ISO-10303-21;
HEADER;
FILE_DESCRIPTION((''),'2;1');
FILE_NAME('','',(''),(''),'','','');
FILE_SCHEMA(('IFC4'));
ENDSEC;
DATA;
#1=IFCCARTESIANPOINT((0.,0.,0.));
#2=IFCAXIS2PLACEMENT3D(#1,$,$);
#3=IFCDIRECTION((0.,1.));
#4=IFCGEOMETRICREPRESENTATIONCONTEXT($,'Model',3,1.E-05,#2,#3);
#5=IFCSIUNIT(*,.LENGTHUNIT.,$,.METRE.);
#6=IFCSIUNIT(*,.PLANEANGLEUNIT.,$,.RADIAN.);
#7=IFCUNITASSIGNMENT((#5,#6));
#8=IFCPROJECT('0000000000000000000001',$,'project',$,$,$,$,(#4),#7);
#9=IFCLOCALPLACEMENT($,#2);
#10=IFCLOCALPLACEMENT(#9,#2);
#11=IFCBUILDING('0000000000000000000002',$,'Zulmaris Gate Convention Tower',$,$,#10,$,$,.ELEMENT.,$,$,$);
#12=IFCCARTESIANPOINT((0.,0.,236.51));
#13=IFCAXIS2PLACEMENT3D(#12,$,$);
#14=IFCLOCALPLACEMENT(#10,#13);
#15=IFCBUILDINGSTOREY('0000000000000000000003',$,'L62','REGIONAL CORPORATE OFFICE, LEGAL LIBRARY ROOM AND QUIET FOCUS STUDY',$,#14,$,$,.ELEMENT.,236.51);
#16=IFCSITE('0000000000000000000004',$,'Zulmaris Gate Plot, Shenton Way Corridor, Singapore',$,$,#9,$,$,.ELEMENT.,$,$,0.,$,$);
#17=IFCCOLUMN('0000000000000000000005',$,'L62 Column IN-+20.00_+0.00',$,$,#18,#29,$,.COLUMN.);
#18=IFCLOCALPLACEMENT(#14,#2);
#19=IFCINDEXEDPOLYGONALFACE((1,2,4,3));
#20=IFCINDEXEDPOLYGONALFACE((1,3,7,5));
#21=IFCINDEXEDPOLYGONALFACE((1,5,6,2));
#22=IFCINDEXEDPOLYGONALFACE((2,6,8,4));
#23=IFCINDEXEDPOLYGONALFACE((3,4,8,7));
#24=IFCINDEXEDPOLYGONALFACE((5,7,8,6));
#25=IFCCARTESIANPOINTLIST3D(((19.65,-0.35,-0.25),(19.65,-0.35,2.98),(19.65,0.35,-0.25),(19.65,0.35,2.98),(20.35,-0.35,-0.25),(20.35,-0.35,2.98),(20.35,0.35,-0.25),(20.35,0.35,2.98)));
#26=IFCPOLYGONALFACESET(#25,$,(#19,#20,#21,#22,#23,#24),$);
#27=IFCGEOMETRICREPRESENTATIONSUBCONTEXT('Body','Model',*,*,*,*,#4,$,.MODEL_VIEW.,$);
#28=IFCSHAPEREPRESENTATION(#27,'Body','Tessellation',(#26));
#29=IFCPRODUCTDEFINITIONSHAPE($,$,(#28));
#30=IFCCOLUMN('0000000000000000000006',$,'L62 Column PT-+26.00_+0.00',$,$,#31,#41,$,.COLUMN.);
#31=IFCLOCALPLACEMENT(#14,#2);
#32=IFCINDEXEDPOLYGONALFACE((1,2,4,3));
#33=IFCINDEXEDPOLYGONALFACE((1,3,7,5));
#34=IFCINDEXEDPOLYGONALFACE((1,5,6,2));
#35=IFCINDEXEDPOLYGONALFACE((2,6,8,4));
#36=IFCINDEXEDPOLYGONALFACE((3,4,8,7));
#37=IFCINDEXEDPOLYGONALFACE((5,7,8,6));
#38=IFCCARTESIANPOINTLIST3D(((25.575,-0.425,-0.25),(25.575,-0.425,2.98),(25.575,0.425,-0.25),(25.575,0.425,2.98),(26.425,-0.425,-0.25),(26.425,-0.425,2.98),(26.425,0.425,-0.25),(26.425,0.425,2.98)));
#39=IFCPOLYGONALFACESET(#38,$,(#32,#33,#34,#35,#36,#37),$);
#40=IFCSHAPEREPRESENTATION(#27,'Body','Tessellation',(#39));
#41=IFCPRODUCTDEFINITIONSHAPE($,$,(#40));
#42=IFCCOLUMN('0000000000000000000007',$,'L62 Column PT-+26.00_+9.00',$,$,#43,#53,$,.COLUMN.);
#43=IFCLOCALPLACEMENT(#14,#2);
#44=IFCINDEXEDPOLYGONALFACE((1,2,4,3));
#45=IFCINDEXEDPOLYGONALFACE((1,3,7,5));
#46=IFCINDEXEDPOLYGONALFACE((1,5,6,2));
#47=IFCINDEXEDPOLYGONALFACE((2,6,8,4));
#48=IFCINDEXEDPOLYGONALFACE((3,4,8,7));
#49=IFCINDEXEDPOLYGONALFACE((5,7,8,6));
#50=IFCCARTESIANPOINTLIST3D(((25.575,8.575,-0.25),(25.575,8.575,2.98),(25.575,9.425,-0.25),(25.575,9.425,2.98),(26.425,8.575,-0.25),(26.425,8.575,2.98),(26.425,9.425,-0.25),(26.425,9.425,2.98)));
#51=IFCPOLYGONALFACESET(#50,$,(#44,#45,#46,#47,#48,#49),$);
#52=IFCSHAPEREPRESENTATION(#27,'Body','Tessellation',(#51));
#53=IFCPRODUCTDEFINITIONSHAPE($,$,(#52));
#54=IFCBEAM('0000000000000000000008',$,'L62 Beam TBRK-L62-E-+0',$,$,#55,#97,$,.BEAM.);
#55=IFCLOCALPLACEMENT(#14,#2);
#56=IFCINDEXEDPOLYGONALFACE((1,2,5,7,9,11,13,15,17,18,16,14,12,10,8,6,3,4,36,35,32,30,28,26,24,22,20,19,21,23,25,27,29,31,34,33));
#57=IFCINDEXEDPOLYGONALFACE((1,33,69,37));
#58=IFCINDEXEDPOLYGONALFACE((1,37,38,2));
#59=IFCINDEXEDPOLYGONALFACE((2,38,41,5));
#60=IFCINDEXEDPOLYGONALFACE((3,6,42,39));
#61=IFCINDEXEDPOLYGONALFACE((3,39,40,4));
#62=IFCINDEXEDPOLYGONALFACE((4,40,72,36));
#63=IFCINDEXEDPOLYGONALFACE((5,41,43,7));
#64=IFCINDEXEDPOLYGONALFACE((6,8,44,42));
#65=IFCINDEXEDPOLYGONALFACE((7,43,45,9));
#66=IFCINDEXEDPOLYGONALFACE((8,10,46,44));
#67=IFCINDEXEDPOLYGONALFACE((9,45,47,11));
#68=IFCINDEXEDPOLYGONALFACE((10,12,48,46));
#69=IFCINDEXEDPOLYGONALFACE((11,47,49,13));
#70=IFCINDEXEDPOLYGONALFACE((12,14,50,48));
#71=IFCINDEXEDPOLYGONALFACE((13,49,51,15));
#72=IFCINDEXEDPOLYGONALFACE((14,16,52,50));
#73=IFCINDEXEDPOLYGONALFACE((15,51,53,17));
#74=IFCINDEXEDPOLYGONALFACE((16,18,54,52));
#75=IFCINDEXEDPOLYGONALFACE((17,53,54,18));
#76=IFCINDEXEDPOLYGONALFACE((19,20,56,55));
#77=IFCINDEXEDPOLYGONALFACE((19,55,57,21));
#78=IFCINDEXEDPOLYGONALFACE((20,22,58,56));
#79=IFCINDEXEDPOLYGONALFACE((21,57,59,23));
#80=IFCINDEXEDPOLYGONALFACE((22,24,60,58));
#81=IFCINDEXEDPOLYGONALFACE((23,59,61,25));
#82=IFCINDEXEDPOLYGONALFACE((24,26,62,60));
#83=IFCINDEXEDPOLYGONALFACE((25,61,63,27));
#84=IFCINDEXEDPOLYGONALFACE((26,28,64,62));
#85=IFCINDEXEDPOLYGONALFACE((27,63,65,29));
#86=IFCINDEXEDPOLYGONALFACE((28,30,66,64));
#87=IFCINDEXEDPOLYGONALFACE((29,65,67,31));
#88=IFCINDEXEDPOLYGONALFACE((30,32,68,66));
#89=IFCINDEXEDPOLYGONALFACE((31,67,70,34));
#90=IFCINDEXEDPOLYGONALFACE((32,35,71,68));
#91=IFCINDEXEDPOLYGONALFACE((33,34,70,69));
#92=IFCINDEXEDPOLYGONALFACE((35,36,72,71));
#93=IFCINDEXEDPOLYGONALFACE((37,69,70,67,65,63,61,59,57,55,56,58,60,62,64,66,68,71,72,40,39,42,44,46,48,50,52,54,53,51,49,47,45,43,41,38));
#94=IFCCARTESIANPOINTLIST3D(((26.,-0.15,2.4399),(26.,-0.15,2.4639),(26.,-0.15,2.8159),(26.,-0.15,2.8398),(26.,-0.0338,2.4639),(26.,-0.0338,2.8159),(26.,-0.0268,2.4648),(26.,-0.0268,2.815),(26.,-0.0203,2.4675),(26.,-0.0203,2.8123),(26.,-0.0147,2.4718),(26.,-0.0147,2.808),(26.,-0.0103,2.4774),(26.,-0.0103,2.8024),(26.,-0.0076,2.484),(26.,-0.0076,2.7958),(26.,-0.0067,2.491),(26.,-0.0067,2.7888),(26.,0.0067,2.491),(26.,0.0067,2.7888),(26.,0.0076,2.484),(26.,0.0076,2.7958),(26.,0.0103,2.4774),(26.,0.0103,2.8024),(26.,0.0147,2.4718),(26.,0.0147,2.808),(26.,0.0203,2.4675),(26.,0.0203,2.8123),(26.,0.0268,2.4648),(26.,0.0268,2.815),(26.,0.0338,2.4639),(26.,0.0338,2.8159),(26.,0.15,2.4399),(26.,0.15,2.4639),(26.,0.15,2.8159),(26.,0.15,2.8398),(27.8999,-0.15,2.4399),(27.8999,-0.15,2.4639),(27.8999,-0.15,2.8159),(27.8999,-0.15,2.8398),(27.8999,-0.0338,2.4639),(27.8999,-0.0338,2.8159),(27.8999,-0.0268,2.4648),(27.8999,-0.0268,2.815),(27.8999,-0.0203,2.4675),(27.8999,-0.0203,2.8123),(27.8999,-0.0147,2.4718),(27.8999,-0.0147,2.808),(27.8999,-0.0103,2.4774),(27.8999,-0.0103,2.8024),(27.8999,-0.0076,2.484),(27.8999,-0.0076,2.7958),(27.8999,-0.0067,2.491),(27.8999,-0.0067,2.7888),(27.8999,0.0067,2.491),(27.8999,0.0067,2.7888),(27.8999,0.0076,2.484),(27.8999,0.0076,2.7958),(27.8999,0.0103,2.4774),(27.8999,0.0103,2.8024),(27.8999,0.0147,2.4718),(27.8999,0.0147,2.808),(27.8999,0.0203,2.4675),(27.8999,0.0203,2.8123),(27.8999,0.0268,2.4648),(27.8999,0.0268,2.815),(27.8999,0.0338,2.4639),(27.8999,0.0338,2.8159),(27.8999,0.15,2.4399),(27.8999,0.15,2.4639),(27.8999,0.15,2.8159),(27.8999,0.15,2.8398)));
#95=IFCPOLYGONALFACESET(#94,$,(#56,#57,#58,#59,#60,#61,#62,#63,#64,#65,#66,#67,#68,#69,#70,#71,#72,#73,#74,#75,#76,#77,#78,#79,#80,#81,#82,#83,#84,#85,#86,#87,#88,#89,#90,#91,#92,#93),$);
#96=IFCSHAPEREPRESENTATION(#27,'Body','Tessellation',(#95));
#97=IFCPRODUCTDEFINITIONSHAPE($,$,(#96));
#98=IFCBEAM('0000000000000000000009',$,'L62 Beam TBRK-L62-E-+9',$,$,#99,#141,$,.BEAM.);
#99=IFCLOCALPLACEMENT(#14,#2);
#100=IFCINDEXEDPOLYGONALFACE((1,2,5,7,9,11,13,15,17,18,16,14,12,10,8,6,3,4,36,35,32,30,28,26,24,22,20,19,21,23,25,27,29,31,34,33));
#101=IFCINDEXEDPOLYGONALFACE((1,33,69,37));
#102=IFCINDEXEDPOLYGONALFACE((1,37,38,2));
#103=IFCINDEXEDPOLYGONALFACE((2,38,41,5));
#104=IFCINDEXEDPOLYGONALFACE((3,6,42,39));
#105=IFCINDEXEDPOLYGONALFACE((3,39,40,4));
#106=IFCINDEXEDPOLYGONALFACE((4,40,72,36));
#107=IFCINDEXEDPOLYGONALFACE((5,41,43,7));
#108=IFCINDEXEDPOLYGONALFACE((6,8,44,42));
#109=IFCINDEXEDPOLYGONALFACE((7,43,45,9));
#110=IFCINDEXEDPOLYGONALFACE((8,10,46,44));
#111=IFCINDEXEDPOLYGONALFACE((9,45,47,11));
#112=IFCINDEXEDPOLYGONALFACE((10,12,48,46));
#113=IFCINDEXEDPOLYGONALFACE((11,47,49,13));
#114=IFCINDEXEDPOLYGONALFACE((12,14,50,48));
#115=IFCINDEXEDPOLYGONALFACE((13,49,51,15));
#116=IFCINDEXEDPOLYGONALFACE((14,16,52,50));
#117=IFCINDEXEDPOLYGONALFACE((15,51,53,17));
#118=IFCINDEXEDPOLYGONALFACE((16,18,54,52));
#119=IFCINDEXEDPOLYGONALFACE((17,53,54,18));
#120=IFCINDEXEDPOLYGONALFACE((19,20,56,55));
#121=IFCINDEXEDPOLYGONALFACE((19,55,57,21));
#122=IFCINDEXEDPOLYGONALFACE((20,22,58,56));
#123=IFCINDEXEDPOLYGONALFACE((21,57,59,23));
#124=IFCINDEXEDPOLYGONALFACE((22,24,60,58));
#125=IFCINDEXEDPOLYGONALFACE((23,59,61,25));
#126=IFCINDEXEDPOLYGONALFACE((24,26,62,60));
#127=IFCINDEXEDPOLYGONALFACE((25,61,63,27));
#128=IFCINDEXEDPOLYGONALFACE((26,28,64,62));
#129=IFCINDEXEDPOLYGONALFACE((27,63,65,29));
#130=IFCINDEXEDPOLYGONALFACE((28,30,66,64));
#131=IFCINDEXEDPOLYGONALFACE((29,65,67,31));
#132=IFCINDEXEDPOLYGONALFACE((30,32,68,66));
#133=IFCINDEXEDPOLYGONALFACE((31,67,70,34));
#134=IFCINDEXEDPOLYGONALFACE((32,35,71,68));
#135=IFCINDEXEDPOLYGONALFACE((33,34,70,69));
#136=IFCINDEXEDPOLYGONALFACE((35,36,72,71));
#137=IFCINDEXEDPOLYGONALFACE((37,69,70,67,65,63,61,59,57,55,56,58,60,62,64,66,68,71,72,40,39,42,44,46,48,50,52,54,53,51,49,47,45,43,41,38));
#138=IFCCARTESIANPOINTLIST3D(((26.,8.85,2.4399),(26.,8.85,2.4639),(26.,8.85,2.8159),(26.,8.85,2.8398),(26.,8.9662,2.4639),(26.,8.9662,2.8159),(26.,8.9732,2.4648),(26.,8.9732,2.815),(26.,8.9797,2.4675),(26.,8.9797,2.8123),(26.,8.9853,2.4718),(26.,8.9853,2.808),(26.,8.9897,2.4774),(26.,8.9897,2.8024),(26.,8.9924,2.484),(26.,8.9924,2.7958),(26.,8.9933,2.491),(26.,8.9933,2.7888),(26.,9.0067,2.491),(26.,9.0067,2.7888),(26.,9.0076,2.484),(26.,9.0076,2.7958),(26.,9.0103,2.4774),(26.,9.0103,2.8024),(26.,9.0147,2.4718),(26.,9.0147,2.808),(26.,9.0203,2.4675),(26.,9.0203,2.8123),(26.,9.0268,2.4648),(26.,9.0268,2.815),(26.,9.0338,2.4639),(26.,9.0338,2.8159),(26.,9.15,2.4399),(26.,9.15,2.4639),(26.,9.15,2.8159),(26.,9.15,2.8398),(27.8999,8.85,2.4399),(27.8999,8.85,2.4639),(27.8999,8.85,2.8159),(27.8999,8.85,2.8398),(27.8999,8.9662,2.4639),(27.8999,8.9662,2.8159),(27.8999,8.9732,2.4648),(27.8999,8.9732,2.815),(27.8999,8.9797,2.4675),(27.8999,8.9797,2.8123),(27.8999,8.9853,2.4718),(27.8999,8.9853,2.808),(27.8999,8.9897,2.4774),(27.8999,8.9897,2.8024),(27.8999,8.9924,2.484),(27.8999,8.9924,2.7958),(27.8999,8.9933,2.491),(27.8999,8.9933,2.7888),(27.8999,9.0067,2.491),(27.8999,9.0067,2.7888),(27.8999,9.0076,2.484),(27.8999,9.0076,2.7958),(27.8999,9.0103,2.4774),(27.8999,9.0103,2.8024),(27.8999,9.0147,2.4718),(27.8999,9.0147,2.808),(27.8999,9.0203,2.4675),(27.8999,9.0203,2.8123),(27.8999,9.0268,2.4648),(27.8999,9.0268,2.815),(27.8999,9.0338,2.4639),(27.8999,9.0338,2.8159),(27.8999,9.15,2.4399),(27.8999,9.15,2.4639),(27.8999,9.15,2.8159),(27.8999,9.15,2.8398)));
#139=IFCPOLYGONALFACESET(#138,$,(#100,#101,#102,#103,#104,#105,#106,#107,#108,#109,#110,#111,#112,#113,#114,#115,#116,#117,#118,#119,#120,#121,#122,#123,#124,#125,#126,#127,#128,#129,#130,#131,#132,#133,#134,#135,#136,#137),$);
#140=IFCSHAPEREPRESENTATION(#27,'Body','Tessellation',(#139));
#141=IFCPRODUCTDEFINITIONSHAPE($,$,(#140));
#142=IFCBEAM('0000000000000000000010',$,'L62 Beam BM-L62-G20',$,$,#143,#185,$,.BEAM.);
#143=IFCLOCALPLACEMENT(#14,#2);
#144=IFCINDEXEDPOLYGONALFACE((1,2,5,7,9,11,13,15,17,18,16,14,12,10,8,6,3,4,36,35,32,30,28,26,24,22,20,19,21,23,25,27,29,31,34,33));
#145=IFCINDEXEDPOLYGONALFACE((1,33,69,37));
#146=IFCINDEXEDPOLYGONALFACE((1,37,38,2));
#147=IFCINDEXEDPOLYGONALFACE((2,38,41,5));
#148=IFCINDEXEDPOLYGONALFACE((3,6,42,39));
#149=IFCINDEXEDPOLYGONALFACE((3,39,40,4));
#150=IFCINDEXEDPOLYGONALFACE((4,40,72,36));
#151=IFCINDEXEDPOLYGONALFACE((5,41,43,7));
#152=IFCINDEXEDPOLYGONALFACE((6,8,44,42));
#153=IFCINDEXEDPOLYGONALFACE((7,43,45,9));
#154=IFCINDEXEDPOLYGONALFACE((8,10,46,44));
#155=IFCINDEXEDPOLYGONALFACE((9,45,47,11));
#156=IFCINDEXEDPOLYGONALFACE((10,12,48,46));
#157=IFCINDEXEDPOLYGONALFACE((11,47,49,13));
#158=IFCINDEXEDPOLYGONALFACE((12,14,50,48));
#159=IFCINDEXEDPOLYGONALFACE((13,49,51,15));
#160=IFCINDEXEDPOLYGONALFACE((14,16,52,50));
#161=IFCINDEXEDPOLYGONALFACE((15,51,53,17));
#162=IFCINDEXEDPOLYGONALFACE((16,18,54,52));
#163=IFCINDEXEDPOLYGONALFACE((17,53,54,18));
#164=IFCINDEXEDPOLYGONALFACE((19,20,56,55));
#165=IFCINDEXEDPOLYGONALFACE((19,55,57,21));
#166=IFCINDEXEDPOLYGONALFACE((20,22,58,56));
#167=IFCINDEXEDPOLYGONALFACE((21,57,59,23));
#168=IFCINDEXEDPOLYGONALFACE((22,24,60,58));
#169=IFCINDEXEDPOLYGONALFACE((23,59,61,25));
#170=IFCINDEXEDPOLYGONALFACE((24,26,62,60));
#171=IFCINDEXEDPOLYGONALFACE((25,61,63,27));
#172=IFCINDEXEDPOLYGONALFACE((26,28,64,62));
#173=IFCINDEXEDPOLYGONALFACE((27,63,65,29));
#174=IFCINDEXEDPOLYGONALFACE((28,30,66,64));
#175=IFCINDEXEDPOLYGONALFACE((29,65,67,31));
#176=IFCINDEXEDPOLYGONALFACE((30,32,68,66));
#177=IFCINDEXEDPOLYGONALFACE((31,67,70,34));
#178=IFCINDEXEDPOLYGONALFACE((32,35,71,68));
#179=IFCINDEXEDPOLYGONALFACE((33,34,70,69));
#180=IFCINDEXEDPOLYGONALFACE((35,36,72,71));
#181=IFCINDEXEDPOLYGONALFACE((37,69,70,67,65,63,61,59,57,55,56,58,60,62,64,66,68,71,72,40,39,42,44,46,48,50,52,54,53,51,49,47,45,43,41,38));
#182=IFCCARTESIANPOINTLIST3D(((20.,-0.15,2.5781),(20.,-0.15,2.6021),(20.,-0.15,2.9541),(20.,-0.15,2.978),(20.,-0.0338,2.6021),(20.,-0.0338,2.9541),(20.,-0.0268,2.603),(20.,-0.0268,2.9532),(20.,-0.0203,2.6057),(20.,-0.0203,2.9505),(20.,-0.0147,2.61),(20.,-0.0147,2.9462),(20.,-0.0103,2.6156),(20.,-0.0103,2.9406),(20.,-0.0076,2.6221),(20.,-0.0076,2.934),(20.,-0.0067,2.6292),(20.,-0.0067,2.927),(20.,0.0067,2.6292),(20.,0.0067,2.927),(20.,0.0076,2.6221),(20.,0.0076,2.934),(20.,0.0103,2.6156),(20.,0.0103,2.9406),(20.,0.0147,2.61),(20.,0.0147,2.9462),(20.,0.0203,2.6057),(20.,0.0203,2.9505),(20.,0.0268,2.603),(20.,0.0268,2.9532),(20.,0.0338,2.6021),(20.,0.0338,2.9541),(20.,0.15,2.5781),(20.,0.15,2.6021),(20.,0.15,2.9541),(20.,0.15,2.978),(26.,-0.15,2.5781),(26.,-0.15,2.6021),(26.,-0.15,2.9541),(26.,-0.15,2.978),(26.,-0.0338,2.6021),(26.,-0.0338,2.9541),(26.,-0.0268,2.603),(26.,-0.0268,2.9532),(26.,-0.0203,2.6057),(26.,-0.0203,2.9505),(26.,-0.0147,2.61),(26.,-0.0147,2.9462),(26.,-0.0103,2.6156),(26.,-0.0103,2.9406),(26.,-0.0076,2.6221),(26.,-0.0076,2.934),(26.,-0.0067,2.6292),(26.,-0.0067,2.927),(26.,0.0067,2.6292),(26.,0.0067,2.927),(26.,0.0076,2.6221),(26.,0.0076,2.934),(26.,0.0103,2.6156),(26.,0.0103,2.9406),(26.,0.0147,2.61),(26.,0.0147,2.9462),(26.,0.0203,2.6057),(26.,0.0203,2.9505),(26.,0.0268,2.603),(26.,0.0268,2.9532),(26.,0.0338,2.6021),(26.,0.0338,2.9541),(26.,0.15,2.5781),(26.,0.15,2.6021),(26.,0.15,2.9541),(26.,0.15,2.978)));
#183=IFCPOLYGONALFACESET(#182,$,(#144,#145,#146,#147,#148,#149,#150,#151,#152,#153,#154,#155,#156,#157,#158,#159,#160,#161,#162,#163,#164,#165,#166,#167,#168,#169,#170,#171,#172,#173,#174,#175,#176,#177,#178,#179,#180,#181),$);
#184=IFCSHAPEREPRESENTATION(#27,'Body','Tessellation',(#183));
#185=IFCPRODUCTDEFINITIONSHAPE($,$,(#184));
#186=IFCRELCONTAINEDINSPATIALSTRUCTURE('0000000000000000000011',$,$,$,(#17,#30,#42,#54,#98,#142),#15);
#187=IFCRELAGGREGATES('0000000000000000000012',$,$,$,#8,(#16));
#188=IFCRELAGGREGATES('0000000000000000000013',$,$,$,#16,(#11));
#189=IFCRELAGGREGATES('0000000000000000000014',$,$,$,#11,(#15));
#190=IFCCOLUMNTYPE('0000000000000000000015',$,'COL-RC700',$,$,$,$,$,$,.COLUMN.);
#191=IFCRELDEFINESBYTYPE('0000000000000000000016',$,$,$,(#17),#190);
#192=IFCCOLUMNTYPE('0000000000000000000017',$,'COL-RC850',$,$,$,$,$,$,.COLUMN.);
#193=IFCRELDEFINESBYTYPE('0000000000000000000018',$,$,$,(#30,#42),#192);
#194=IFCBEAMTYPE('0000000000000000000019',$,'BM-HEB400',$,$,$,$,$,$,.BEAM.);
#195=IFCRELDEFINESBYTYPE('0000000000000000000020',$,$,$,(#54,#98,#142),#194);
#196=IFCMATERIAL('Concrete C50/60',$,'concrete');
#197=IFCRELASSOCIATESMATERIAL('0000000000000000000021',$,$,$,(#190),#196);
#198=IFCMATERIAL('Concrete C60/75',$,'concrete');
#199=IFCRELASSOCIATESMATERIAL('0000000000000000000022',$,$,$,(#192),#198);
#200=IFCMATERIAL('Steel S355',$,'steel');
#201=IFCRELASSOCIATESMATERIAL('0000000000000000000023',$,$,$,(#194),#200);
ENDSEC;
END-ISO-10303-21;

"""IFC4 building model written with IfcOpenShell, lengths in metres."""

from ifc_helpers import new_model, si_unit, direction, frame, origin, origin_2d, place, context, subcontext, project, spatial, rectangle, i_section, extrude, material, material_profile, profile_set, type_object, element, save


model = new_model("IFC4")

# Units and contexts
model_context = context("Model", 3, precision=1e-05, world=origin(), true_north=direction((0.0, 1.0)))
body_context = subcontext(model_context, "Body", "Model", "MODEL_VIEW")
ifc_project = project(units=[si_unit("LENGTHUNIT", "METRE"), si_unit("PLANEANGLEUNIT", "RADIAN")], contexts=[model_context])

# Site, building, storey
site_placement = place(None, origin())
site = spatial("IfcSite", under=ifc_project, at=site_placement, Name="Zulmaris Gate Plot, Shenton Way Corridor, Singapore", CompositionType="ELEMENT", RefElevation=0.0)
building_placement = place(site_placement, origin())
building = spatial("IfcBuilding", under=site, at=building_placement, Name="Zulmaris Gate Convention Tower", CompositionType="ELEMENT")
storey_placement = place(building_placement, frame((0.0, 0.0, 236.51)))
storey = spatial("IfcBuildingStorey", under=building, at=storey_placement, Name="L62", Description="REGIONAL CORPORATE OFFICE, LEGAL LIBRARY ROOM AND QUIET FOCUS STUDY", CompositionType="ELEMENT", Elevation=236.51)

# Columns
ifc_material_1 = material(Name="Concrete C50/60", Category="concrete")
ifc_material_profile_1 = material_profile(ifc_material_1, rectangle(XDim=0.7, YDim=0.7, at=origin_2d()), Name="RC COL 700x700")
ifc_profile_set_1 = profile_set([ifc_material_profile_1], Name="Concrete C50/60")
column_type_1 = type_object("IfcColumnType", Name="COL-RC700", PredefinedType="COLUMN", material=ifc_profile_set_1)
column_placement = place(storey_placement, frame((20.0, 0.0, -0.25), z_axis=(0.0, 0.0, 1.0), x_axis=(1.0, 0.0, 0.0)))
element("IfcColumn", 1, at=column_placement, inside=storey, type_object=column_type_1, Name="L62 Column IN-+20.00_+0.00", PredefinedType="COLUMN", context=body_context, shape_type="SweptSolid", body=[
    extrude(rectangle(XDim=0.7, YDim=0.7, at=origin_2d()), origin(), (0.0, 0.0, 1.0), 3.23),
])
ifc_material_2 = material(Name="Concrete C60/75", Category="concrete")
ifc_material_profile_2 = material_profile(ifc_material_2, rectangle(XDim=0.8501, YDim=0.8501, at=origin_2d()), Name="RC COL 850x850")
ifc_profile_set_2 = profile_set([ifc_material_profile_2], Name="Concrete C60/75")
column_type_2 = type_object("IfcColumnType", Name="COL-RC850", PredefinedType="COLUMN", material=ifc_profile_set_2)
for number, where, z_axis, x_axis, name in (
    (2, (26.0, 0.0, -0.25), (0.0, 0.0, 1.0), (1.0, 0.0, 0.0), "L62 Column PT-+26.00_+0.00"),
    (3, (26.0, 9.0, -0.25), (0.0, 0.0, 1.0), (1.0, 0.0, 0.0), "L62 Column PT-+26.00_+9.00"),
):
    element("IfcColumn", number, at=place(storey_placement, frame(where, z_axis=z_axis, x_axis=x_axis)), inside=storey, type_object=column_type_2, Name=name, PredefinedType="COLUMN", context=body_context, shape_type="SweptSolid", body=[
        extrude(rectangle(XDim=0.8501, YDim=0.8501, at=origin_2d()), origin(), (0.0, 0.0, 1.0), 3.23),
    ])

# Beams
ifc_material_3 = material(Name="Steel S355", Category="steel")
ifc_material_profile_3 = material_profile(ifc_material_3, i_section(OverallWidth=0.3, OverallDepth=0.3999, WebThickness=0.0134, FlangeThickness=0.0239, FilletRadius=0.0271, at=origin_2d()), Name="HEB 400")
ifc_profile_set_3 = profile_set([ifc_material_profile_3], Name="Steel S355")
beam_type_1 = type_object("IfcBeamType", Name="BM-HEB400", PredefinedType="BEAM", material=ifc_profile_set_3)
for number, where, z_axis, x_axis, name in (
    (4, (26.0, 0.0, 2.6399), (1.0, 0.0, 0.0), (0.0, 1.0, 0.0), "L62 Beam TBRK-L62-E-+0"),
    (5, (26.0, 9.0, 2.6399), (1.0, 0.0, 0.0), (0.0, 1.0, 0.0), "L62 Beam TBRK-L62-E-+9"),
):
    element("IfcBeam", number, at=place(storey_placement, frame(where, z_axis=z_axis, x_axis=x_axis)), inside=storey, type_object=beam_type_1, Name=name, PredefinedType="BEAM", context=body_context, shape_type="SweptSolid", body=[
        extrude(i_section(OverallWidth=0.3, OverallDepth=0.3999, WebThickness=0.0134, FlangeThickness=0.0239, FilletRadius=0.0271, at=origin_2d()), origin(), (0.0, 0.0, 1.0), 1.8999),
    ])
for number, where, z_axis, x_axis, name in (
    (6, (20.0, 0.0, 2.7781), (1.0, 0.0, 0.0), (0.0, 1.0, 0.0), "L62 Beam BM-L62-G20"),
):
    element("IfcBeam", number, at=place(storey_placement, frame(where, z_axis=z_axis, x_axis=x_axis)), inside=storey, type_object=beam_type_1, Name=name, PredefinedType="BEAM", context=body_context, shape_type="SweptSolid", body=[
        extrude(i_section(OverallWidth=0.3, OverallDepth=0.3999, WebThickness=0.0134, FlangeThickness=0.0239, FilletRadius=0.0271, at=origin_2d()), origin(), (0.0, 0.0, 1.0), 6.0),
    ])

save(model, "model.ifc")
